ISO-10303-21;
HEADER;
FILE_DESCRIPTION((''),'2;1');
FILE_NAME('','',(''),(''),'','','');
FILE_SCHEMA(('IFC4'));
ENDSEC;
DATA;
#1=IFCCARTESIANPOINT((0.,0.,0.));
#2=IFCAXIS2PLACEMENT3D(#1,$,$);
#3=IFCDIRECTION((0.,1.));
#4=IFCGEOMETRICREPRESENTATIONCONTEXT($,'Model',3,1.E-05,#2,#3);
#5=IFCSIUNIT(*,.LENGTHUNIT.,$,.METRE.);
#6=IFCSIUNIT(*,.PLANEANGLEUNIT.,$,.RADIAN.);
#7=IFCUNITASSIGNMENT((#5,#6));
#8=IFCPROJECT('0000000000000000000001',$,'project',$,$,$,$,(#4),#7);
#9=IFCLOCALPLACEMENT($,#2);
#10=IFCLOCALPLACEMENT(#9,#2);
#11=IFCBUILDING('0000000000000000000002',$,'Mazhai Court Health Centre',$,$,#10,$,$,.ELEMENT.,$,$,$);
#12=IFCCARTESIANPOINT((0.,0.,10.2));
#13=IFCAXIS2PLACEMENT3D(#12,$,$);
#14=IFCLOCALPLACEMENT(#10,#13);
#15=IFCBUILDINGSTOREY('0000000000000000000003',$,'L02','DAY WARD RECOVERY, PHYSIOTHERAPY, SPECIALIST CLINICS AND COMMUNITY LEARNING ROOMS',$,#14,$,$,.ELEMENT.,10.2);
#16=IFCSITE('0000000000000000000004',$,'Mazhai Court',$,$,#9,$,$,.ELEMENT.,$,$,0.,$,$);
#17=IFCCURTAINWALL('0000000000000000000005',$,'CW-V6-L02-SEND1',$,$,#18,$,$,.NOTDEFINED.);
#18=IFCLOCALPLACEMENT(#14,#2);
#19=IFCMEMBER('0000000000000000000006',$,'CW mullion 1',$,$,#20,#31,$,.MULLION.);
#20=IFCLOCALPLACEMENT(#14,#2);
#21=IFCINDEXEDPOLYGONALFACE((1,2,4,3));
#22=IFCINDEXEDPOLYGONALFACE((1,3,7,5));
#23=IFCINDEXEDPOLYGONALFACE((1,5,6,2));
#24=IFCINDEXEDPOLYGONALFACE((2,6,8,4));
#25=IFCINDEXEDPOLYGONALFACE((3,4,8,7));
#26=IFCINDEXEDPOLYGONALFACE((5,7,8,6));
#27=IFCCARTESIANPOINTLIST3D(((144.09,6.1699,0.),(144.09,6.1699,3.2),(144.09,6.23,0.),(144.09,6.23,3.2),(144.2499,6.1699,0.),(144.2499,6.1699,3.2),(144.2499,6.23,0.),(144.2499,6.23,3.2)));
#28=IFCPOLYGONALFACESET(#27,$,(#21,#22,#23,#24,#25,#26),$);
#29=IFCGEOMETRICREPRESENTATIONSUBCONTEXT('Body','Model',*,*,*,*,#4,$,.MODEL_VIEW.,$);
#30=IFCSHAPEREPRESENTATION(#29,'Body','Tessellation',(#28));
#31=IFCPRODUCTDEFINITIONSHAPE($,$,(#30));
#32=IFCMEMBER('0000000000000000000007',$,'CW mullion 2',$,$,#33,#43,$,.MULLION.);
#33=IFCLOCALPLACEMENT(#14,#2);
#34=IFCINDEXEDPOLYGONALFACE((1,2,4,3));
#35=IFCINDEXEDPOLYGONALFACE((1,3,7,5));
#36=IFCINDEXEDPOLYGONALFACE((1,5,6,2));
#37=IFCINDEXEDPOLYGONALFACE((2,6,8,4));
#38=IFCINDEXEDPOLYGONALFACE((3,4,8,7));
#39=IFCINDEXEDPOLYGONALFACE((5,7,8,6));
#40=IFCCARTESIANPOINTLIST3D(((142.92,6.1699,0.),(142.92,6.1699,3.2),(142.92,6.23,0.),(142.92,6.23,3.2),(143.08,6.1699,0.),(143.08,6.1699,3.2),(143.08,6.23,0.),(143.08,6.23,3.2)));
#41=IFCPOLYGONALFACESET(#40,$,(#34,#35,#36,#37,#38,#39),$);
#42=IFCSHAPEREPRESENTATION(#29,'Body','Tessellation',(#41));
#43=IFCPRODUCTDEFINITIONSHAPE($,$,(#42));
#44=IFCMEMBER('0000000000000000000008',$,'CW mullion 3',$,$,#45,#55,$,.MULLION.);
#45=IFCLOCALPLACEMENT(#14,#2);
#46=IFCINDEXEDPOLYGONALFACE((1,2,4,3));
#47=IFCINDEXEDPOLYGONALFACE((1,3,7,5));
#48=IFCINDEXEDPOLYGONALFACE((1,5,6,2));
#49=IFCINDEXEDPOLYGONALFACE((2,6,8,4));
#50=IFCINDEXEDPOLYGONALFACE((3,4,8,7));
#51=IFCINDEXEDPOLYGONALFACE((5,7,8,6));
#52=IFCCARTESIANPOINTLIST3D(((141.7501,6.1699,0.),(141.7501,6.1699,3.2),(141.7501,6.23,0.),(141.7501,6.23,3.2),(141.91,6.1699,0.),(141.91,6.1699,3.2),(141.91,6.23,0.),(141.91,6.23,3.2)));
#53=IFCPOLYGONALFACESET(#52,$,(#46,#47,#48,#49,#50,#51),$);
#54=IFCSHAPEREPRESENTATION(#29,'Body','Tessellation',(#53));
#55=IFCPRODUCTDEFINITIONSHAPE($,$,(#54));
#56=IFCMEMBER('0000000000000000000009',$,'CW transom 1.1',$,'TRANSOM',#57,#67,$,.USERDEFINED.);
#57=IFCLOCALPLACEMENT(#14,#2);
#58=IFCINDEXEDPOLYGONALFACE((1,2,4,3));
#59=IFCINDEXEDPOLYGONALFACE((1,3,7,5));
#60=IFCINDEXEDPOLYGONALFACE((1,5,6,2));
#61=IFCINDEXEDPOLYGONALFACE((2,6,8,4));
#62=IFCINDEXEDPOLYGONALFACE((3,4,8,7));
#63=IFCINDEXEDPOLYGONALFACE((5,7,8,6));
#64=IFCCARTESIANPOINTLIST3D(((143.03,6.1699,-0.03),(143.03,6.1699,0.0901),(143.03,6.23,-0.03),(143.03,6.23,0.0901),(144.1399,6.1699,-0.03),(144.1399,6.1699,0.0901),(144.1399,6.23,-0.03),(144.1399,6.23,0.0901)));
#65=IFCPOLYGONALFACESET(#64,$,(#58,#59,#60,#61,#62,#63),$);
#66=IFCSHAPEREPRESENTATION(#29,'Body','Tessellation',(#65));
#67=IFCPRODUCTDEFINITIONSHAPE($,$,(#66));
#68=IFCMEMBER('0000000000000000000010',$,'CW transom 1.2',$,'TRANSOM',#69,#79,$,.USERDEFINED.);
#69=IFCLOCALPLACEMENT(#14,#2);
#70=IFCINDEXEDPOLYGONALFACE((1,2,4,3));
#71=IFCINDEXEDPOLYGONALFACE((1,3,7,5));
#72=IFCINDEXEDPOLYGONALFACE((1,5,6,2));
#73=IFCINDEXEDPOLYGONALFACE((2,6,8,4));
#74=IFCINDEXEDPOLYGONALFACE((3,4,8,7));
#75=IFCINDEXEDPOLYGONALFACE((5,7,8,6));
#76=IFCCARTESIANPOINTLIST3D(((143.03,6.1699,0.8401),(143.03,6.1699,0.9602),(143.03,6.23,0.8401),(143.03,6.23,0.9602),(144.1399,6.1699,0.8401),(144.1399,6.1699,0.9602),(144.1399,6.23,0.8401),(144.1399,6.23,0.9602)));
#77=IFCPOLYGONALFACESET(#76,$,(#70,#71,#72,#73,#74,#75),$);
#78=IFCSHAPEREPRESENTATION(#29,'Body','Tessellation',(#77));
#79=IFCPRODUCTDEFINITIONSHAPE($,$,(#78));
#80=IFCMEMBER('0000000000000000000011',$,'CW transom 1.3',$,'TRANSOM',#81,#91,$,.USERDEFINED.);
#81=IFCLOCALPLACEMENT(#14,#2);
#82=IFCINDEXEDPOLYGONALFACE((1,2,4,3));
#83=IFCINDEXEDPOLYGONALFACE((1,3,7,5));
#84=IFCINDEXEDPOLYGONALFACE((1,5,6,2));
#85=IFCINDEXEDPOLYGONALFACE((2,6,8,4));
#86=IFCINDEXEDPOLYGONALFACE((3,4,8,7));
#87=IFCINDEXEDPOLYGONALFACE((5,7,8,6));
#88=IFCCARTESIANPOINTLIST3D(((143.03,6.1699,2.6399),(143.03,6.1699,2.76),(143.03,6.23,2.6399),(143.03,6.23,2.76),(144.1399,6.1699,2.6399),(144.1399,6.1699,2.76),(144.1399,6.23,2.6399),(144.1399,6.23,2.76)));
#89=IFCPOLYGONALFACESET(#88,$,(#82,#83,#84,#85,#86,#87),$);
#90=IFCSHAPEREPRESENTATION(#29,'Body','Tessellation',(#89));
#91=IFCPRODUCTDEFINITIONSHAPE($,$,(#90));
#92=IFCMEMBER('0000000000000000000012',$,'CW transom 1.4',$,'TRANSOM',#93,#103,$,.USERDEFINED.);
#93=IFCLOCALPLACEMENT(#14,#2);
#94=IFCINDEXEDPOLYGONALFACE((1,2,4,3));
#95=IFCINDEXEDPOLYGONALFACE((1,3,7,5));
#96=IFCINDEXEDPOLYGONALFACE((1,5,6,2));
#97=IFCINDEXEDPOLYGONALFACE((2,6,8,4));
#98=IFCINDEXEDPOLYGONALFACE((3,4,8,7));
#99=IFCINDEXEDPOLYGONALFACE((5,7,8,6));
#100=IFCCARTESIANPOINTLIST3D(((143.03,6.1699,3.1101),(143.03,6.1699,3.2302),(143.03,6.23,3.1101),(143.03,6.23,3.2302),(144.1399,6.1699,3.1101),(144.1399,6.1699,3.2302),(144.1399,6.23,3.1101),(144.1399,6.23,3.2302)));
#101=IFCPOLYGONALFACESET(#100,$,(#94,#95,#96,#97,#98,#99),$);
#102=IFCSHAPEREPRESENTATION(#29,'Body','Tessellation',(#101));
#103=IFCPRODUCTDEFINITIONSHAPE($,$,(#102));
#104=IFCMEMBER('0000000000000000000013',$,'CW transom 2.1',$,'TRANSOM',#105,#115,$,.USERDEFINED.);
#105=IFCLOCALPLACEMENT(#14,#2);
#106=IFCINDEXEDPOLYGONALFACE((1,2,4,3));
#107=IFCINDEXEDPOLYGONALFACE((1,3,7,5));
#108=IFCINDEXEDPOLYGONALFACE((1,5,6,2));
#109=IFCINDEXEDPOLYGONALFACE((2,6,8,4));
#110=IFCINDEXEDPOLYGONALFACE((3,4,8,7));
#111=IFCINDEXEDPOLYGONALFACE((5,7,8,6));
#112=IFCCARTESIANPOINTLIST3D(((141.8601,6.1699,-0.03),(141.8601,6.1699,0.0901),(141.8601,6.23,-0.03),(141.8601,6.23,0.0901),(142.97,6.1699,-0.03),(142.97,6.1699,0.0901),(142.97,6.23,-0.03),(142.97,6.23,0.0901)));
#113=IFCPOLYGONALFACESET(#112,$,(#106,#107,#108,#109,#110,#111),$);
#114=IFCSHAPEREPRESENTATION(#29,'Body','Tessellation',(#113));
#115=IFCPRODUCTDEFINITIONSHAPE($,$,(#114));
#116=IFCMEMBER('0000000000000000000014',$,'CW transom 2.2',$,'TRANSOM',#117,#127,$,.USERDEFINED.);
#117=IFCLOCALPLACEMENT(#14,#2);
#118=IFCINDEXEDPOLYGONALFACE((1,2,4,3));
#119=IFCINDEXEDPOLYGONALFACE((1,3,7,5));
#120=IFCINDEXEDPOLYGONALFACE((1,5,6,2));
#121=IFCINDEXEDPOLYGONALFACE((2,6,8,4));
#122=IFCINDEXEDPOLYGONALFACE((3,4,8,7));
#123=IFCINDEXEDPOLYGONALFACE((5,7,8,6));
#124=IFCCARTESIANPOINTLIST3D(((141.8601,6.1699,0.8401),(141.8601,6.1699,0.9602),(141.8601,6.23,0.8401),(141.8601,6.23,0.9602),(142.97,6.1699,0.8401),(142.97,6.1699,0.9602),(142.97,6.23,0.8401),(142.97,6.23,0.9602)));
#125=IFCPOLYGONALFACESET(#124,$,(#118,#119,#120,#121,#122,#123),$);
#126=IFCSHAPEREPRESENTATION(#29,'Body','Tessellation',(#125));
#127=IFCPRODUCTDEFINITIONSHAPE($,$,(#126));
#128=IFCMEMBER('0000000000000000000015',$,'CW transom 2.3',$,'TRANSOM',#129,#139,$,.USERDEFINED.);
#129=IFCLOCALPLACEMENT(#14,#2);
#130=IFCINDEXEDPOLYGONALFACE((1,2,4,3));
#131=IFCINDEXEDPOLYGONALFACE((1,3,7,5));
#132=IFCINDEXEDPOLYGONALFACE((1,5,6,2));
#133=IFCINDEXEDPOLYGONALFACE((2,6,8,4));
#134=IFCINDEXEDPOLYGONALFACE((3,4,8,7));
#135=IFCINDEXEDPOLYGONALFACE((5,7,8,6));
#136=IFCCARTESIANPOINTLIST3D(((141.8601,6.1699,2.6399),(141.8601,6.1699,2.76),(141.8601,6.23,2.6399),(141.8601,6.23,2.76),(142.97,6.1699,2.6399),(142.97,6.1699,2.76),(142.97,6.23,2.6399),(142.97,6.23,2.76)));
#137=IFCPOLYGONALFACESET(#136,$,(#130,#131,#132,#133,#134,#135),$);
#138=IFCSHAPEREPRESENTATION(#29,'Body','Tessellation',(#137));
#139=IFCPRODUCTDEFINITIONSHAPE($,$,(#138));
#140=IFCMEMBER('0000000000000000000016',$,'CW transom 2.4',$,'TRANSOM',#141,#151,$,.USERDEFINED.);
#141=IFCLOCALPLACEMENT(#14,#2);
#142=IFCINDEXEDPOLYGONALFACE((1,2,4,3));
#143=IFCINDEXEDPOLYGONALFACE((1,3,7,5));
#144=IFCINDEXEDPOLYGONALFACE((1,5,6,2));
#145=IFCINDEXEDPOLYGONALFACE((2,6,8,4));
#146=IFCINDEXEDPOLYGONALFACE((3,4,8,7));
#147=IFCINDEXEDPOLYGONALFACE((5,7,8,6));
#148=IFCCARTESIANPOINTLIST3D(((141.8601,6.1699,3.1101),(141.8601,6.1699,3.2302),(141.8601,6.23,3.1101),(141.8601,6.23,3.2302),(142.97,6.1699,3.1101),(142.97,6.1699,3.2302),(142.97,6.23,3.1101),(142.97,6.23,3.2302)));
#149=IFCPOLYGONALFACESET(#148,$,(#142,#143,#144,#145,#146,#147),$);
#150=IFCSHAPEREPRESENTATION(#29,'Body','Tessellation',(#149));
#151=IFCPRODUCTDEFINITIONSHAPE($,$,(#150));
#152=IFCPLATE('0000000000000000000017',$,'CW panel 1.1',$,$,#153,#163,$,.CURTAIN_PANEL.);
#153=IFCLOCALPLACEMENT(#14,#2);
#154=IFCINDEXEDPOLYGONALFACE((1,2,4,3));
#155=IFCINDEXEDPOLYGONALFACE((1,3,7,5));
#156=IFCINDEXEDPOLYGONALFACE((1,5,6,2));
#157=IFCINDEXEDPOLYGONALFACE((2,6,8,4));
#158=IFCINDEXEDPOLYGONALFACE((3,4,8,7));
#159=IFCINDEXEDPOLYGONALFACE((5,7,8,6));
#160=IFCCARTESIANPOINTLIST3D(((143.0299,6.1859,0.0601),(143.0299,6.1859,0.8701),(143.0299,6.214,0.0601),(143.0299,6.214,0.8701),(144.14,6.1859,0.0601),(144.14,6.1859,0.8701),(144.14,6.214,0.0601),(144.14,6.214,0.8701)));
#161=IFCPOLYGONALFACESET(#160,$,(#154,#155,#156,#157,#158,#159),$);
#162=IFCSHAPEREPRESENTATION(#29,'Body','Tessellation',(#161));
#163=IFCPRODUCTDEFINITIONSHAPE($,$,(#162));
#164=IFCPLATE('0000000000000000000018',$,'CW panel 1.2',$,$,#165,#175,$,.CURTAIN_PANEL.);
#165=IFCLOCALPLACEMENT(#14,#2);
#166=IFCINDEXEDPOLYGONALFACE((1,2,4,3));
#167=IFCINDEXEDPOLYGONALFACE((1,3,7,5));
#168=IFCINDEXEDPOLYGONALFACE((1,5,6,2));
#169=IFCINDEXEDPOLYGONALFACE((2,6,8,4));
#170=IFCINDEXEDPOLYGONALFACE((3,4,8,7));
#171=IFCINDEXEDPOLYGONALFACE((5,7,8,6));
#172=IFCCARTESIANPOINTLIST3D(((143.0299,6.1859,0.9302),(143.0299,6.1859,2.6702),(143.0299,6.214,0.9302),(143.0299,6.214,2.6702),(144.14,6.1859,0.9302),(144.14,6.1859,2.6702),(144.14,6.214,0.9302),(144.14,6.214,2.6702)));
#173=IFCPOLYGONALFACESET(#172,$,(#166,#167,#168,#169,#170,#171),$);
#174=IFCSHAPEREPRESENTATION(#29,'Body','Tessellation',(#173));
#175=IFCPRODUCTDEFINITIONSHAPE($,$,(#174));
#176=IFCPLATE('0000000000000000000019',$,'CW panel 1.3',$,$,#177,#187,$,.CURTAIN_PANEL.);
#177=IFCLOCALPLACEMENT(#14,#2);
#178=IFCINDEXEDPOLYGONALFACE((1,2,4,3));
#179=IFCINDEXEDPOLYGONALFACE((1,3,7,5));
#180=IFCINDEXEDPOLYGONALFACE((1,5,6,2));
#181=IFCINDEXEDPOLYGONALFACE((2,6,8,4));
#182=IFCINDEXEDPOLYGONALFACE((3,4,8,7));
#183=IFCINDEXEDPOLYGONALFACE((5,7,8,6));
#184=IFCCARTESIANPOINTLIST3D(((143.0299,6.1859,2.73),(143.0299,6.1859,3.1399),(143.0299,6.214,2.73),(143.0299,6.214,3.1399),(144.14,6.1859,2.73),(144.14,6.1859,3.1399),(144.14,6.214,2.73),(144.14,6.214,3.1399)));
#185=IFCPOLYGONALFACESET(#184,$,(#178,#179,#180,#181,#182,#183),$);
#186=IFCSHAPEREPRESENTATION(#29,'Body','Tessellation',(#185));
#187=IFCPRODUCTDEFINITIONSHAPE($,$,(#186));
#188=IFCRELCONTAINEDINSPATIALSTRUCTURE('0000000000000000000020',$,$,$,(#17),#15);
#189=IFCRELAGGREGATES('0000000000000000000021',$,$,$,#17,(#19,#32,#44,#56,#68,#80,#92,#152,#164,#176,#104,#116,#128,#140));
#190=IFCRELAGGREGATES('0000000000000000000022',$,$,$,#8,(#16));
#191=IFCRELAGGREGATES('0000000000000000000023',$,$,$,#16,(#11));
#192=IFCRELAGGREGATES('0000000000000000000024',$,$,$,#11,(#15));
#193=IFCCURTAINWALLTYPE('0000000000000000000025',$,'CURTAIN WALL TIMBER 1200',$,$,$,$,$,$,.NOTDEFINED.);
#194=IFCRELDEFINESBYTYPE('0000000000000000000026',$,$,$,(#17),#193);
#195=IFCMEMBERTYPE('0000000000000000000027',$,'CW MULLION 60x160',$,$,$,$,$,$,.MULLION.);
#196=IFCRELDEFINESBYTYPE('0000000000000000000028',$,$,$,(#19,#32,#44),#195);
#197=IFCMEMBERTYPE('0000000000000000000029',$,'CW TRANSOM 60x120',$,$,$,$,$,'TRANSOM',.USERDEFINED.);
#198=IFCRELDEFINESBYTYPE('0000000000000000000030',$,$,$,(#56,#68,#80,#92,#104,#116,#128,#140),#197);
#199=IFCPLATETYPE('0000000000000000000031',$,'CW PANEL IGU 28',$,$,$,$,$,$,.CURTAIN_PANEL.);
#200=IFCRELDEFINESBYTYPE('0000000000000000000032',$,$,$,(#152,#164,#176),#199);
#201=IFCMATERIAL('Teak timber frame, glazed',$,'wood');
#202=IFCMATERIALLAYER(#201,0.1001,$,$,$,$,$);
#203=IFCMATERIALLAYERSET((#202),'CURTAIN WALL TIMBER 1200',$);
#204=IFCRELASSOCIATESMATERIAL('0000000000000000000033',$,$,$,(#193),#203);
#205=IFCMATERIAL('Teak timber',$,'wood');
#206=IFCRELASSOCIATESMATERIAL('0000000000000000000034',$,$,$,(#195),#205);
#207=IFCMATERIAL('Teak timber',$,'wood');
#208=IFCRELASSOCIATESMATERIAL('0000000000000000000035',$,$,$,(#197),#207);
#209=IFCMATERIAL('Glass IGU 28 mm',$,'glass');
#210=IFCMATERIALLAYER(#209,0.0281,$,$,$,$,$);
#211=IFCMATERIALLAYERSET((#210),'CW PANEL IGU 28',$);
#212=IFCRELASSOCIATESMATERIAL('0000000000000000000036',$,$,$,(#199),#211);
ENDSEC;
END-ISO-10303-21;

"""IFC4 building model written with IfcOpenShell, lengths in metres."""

from ifc_helpers import new_model, si_unit, direction, frame, origin, origin_2d, place, context, subcontext, project, spatial, rectangle, extrude, material, layer, layer_set, material_profile, profile_set, type_object, element, aggregate, save


model = new_model("IFC4")

# Units and contexts
model_context = context("Model", 3, precision=1e-05, world=origin(), true_north=direction((0.0, 1.0)))
body_context = subcontext(model_context, "Body", "Model", "MODEL_VIEW")
ifc_project = project(units=[si_unit("LENGTHUNIT", "METRE"), si_unit("PLANEANGLEUNIT", "RADIAN")], contexts=[model_context])

# Site, building, storey
site_placement = place(None, origin())
site = spatial("IfcSite", under=ifc_project, at=site_placement, Name="Mazhai Court", CompositionType="ELEMENT", RefElevation=0.0)
building_placement = place(site_placement, origin())
building = spatial("IfcBuilding", under=site, at=building_placement, Name="Mazhai Court Health Centre", CompositionType="ELEMENT")
storey_placement = place(building_placement, frame((0.0, 0.0, 10.2)))
storey = spatial("IfcBuildingStorey", under=building, at=storey_placement, Name="L02", Description="DAY WARD RECOVERY, PHYSIOTHERAPY, SPECIALIST CLINICS AND COMMUNITY LEARNING ROOMS", CompositionType="ELEMENT", Elevation=10.2)

# Curtain wall, members, plates
ifc_material_1 = material(Name="Teak timber frame, glazed", Category="wood")
ifc_layer_1 = layer(ifc_material_1, 0.1001)
ifc_layer_set_1 = layer_set([ifc_layer_1], Name="CURTAIN WALL TIMBER 1200")
curtain_wall_type = type_object("IfcCurtainWallType", Name="CURTAIN WALL TIMBER 1200", PredefinedType="NOTDEFINED", material=ifc_layer_set_1)
curtain_wall_placement = place(storey_placement, origin())
curtain_wall = element("IfcCurtainWall", 1, at=curtain_wall_placement, inside=storey, type_object=curtain_wall_type, Name="CW-V6-L02-SEND1", PredefinedType="NOTDEFINED")
ifc_material_2 = material(Name="Teak timber", Category="wood")
ifc_material_profile_1 = material_profile(ifc_material_2, rectangle(XDim=0.0601, YDim=0.1599, at=origin_2d()), Name="CW MULLION 60x160")
ifc_profile_set_1 = profile_set([ifc_material_profile_1], Name="Teak timber")
member_type_1 = type_object("IfcMemberType", Name="CW MULLION 60x160", PredefinedType="MULLION", material=ifc_profile_set_1)
member_1_placement = place(storey_placement, frame((144.1699, 6.2, 0.0), z_axis=(0.0, 0.0, 1.0), x_axis=(0.0, -1.0, 0.0)))
member_1 = element("IfcMember", 2, at=member_1_placement, type_object=member_type_1, Name="CW mullion 1", PredefinedType="MULLION", context=body_context, shape_type="SweptSolid", body=[
    extrude(rectangle(XDim=0.0601, YDim=0.1599, at=origin_2d()), origin(), (0.0, 0.0, 1.0), 3.2),
])
member_2_placement = place(storey_placement, frame((143.0, 6.2, 0.0), z_axis=(0.0, 0.0, 1.0), x_axis=(0.0, -1.0, 0.0)))
member_2 = element("IfcMember", 3, at=member_2_placement, type_object=member_type_1, Name="CW mullion 2", PredefinedType="MULLION", context=body_context, shape_type="SweptSolid", body=[
    extrude(rectangle(XDim=0.0601, YDim=0.1599, at=origin_2d()), origin(), (0.0, 0.0, 1.0), 3.2),
])
member_3_placement = place(storey_placement, frame((141.8301, 6.2, 0.0), z_axis=(0.0, 0.0, 1.0), x_axis=(0.0, -1.0, 0.0)))
member_3 = element("IfcMember", 4, at=member_3_placement, type_object=member_type_1, Name="CW mullion 3", PredefinedType="MULLION", context=body_context, shape_type="SweptSolid", body=[
    extrude(rectangle(XDim=0.0601, YDim=0.1599, at=origin_2d()), origin(), (0.0, 0.0, 1.0), 3.2),
])
ifc_material_3 = material(Name="Teak timber", Category="wood")
ifc_material_profile_2 = material_profile(ifc_material_3, rectangle(XDim=0.0601, YDim=0.1201, at=origin_2d()), Name="CW TRANSOM 60x120")
ifc_profile_set_2 = profile_set([ifc_material_profile_2], Name="Teak timber")
member_type_2 = type_object("IfcMemberType", Name="CW TRANSOM 60x120", ElementType="TRANSOM", PredefinedType="USERDEFINED", material=ifc_profile_set_2)
member_4_placement = place(storey_placement, frame((144.1399, 6.2, 0.03), z_axis=(-1.0, 0.0, 0.0), x_axis=(0.0, -1.0, 0.0)))
member_4 = element("IfcMember", 5, at=member_4_placement, type_object=member_type_2, Name="CW transom 1.1", ObjectType="TRANSOM", PredefinedType="USERDEFINED", context=body_context, shape_type="SweptSolid", body=[
    extrude(rectangle(XDim=0.0601, YDim=0.1201, at=origin_2d()), origin(), (0.0, 0.0, 1.0), 1.1099),
])
member_5_placement = place(storey_placement, frame((144.1399, 6.2, 0.9001), z_axis=(-1.0, 0.0, 0.0), x_axis=(0.0, -1.0, 0.0)))
member_5 = element("IfcMember", 6, at=member_5_placement, type_object=member_type_2, Name="CW transom 1.2", ObjectType="TRANSOM", PredefinedType="USERDEFINED", context=body_context, shape_type="SweptSolid", body=[
    extrude(rectangle(XDim=0.0601, YDim=0.1201, at=origin_2d()), origin(), (0.0, 0.0, 1.0), 1.1099),
])
member_6_placement = place(storey_placement, frame((144.1399, 6.2, 2.7), z_axis=(-1.0, 0.0, 0.0), x_axis=(0.0, -1.0, 0.0)))
member_6 = element("IfcMember", 7, at=member_6_placement, type_object=member_type_2, Name="CW transom 1.3", ObjectType="TRANSOM", PredefinedType="USERDEFINED", context=body_context, shape_type="SweptSolid", body=[
    extrude(rectangle(XDim=0.0601, YDim=0.1201, at=origin_2d()), origin(), (0.0, 0.0, 1.0), 1.1099),
])
member_7_placement = place(storey_placement, frame((144.1399, 6.2, 3.1702), z_axis=(-1.0, 0.0, 0.0), x_axis=(0.0, -1.0, 0.0)))
member_7 = element("IfcMember", 8, at=member_7_placement, type_object=member_type_2, Name="CW transom 1.4", ObjectType="TRANSOM", PredefinedType="USERDEFINED", context=body_context, shape_type="SweptSolid", body=[
    extrude(rectangle(XDim=0.0601, YDim=0.1201, at=origin_2d()), origin(), (0.0, 0.0, 1.0), 1.1099),
])
member_8_placement = place(storey_placement, frame((142.97, 6.2, 0.03), z_axis=(-1.0, 0.0, 0.0), x_axis=(0.0, -1.0, 0.0)))
member_8 = element("IfcMember", 9, at=member_8_placement, type_object=member_type_2, Name="CW transom 2.1", ObjectType="TRANSOM", PredefinedType="USERDEFINED", context=body_context, shape_type="SweptSolid", body=[
    extrude(rectangle(XDim=0.0601, YDim=0.1201, at=origin_2d()), origin(), (0.0, 0.0, 1.0), 1.1099),
])
member_9_placement = place(storey_placement, frame((142.97, 6.2, 0.9001), z_axis=(-1.0, 0.0, 0.0), x_axis=(0.0, -1.0, 0.0)))
member_9 = element("IfcMember", 10, at=member_9_placement, type_object=member_type_2, Name="CW transom 2.2", ObjectType="TRANSOM", PredefinedType="USERDEFINED", context=body_context, shape_type="SweptSolid", body=[
    extrude(rectangle(XDim=0.0601, YDim=0.1201, at=origin_2d()), origin(), (0.0, 0.0, 1.0), 1.1099),
])
member_10_placement = place(storey_placement, frame((142.97, 6.2, 2.7), z_axis=(-1.0, 0.0, 0.0), x_axis=(0.0, -1.0, 0.0)))
member_10 = element("IfcMember", 11, at=member_10_placement, type_object=member_type_2, Name="CW transom 2.3", ObjectType="TRANSOM", PredefinedType="USERDEFINED", context=body_context, shape_type="SweptSolid", body=[
    extrude(rectangle(XDim=0.0601, YDim=0.1201, at=origin_2d()), origin(), (0.0, 0.0, 1.0), 1.1099),
])
member_11_placement = place(storey_placement, frame((142.97, 6.2, 3.1702), z_axis=(-1.0, 0.0, 0.0), x_axis=(0.0, -1.0, 0.0)))
member_11 = element("IfcMember", 12, at=member_11_placement, type_object=member_type_2, Name="CW transom 2.4", ObjectType="TRANSOM", PredefinedType="USERDEFINED", context=body_context, shape_type="SweptSolid", body=[
    extrude(rectangle(XDim=0.0601, YDim=0.1201, at=origin_2d()), origin(), (0.0, 0.0, 1.0), 1.1099),
])
ifc_material_4 = material(Name="Glass IGU 28 mm", Category="glass")
ifc_layer_2 = layer(ifc_material_4, 0.0281)
ifc_layer_set_2 = layer_set([ifc_layer_2], Name="CW PANEL IGU 28")
plate_type = type_object("IfcPlateType", Name="CW PANEL IGU 28", PredefinedType="CURTAIN_PANEL", material=ifc_layer_set_2)
plate_1_placement = place(storey_placement, frame((143.585, 6.2, 0.0601), z_axis=(0.0, 0.0, 1.0), x_axis=(-1.0, 0.0, 0.0)))
plate_1 = element("IfcPlate", 13, at=plate_1_placement, type_object=plate_type, Name="CW panel 1.1", PredefinedType="CURTAIN_PANEL", context=body_context, shape_type="SweptSolid", body=[
    extrude(rectangle(XDim=1.1101, YDim=0.0281, at=origin_2d()), origin(), (0.0, 0.0, 1.0), 0.8101),
])
plate_2_placement = place(storey_placement, frame((143.585, 6.2, 0.9302), z_axis=(0.0, 0.0, 1.0), x_axis=(-1.0, 0.0, 0.0)))
plate_2 = element("IfcPlate", 14, at=plate_2_placement, type_object=plate_type, Name="CW panel 1.2", PredefinedType="CURTAIN_PANEL", context=body_context, shape_type="SweptSolid", body=[
    extrude(rectangle(XDim=1.1101, YDim=0.0281, at=origin_2d()), origin(), (0.0, 0.0, 1.0), 1.74),
])
plate_3_placement = place(storey_placement, frame((143.585, 6.2, 2.73), z_axis=(0.0, 0.0, 1.0), x_axis=(-1.0, 0.0, 0.0)))
plate_3 = element("IfcPlate", 15, at=plate_3_placement, type_object=plate_type, Name="CW panel 1.3", PredefinedType="CURTAIN_PANEL", context=body_context, shape_type="SweptSolid", body=[
    extrude(rectangle(XDim=1.1101, YDim=0.0281, at=origin_2d()), origin(), (0.0, 0.0, 1.0), 0.4099),
])
aggregate(curtain_wall, [member_1, member_2, member_3, member_4, member_5, member_6, member_7, plate_1, plate_2, plate_3, member_8, member_9, member_10, member_11])

save(model, "model.ifc")
